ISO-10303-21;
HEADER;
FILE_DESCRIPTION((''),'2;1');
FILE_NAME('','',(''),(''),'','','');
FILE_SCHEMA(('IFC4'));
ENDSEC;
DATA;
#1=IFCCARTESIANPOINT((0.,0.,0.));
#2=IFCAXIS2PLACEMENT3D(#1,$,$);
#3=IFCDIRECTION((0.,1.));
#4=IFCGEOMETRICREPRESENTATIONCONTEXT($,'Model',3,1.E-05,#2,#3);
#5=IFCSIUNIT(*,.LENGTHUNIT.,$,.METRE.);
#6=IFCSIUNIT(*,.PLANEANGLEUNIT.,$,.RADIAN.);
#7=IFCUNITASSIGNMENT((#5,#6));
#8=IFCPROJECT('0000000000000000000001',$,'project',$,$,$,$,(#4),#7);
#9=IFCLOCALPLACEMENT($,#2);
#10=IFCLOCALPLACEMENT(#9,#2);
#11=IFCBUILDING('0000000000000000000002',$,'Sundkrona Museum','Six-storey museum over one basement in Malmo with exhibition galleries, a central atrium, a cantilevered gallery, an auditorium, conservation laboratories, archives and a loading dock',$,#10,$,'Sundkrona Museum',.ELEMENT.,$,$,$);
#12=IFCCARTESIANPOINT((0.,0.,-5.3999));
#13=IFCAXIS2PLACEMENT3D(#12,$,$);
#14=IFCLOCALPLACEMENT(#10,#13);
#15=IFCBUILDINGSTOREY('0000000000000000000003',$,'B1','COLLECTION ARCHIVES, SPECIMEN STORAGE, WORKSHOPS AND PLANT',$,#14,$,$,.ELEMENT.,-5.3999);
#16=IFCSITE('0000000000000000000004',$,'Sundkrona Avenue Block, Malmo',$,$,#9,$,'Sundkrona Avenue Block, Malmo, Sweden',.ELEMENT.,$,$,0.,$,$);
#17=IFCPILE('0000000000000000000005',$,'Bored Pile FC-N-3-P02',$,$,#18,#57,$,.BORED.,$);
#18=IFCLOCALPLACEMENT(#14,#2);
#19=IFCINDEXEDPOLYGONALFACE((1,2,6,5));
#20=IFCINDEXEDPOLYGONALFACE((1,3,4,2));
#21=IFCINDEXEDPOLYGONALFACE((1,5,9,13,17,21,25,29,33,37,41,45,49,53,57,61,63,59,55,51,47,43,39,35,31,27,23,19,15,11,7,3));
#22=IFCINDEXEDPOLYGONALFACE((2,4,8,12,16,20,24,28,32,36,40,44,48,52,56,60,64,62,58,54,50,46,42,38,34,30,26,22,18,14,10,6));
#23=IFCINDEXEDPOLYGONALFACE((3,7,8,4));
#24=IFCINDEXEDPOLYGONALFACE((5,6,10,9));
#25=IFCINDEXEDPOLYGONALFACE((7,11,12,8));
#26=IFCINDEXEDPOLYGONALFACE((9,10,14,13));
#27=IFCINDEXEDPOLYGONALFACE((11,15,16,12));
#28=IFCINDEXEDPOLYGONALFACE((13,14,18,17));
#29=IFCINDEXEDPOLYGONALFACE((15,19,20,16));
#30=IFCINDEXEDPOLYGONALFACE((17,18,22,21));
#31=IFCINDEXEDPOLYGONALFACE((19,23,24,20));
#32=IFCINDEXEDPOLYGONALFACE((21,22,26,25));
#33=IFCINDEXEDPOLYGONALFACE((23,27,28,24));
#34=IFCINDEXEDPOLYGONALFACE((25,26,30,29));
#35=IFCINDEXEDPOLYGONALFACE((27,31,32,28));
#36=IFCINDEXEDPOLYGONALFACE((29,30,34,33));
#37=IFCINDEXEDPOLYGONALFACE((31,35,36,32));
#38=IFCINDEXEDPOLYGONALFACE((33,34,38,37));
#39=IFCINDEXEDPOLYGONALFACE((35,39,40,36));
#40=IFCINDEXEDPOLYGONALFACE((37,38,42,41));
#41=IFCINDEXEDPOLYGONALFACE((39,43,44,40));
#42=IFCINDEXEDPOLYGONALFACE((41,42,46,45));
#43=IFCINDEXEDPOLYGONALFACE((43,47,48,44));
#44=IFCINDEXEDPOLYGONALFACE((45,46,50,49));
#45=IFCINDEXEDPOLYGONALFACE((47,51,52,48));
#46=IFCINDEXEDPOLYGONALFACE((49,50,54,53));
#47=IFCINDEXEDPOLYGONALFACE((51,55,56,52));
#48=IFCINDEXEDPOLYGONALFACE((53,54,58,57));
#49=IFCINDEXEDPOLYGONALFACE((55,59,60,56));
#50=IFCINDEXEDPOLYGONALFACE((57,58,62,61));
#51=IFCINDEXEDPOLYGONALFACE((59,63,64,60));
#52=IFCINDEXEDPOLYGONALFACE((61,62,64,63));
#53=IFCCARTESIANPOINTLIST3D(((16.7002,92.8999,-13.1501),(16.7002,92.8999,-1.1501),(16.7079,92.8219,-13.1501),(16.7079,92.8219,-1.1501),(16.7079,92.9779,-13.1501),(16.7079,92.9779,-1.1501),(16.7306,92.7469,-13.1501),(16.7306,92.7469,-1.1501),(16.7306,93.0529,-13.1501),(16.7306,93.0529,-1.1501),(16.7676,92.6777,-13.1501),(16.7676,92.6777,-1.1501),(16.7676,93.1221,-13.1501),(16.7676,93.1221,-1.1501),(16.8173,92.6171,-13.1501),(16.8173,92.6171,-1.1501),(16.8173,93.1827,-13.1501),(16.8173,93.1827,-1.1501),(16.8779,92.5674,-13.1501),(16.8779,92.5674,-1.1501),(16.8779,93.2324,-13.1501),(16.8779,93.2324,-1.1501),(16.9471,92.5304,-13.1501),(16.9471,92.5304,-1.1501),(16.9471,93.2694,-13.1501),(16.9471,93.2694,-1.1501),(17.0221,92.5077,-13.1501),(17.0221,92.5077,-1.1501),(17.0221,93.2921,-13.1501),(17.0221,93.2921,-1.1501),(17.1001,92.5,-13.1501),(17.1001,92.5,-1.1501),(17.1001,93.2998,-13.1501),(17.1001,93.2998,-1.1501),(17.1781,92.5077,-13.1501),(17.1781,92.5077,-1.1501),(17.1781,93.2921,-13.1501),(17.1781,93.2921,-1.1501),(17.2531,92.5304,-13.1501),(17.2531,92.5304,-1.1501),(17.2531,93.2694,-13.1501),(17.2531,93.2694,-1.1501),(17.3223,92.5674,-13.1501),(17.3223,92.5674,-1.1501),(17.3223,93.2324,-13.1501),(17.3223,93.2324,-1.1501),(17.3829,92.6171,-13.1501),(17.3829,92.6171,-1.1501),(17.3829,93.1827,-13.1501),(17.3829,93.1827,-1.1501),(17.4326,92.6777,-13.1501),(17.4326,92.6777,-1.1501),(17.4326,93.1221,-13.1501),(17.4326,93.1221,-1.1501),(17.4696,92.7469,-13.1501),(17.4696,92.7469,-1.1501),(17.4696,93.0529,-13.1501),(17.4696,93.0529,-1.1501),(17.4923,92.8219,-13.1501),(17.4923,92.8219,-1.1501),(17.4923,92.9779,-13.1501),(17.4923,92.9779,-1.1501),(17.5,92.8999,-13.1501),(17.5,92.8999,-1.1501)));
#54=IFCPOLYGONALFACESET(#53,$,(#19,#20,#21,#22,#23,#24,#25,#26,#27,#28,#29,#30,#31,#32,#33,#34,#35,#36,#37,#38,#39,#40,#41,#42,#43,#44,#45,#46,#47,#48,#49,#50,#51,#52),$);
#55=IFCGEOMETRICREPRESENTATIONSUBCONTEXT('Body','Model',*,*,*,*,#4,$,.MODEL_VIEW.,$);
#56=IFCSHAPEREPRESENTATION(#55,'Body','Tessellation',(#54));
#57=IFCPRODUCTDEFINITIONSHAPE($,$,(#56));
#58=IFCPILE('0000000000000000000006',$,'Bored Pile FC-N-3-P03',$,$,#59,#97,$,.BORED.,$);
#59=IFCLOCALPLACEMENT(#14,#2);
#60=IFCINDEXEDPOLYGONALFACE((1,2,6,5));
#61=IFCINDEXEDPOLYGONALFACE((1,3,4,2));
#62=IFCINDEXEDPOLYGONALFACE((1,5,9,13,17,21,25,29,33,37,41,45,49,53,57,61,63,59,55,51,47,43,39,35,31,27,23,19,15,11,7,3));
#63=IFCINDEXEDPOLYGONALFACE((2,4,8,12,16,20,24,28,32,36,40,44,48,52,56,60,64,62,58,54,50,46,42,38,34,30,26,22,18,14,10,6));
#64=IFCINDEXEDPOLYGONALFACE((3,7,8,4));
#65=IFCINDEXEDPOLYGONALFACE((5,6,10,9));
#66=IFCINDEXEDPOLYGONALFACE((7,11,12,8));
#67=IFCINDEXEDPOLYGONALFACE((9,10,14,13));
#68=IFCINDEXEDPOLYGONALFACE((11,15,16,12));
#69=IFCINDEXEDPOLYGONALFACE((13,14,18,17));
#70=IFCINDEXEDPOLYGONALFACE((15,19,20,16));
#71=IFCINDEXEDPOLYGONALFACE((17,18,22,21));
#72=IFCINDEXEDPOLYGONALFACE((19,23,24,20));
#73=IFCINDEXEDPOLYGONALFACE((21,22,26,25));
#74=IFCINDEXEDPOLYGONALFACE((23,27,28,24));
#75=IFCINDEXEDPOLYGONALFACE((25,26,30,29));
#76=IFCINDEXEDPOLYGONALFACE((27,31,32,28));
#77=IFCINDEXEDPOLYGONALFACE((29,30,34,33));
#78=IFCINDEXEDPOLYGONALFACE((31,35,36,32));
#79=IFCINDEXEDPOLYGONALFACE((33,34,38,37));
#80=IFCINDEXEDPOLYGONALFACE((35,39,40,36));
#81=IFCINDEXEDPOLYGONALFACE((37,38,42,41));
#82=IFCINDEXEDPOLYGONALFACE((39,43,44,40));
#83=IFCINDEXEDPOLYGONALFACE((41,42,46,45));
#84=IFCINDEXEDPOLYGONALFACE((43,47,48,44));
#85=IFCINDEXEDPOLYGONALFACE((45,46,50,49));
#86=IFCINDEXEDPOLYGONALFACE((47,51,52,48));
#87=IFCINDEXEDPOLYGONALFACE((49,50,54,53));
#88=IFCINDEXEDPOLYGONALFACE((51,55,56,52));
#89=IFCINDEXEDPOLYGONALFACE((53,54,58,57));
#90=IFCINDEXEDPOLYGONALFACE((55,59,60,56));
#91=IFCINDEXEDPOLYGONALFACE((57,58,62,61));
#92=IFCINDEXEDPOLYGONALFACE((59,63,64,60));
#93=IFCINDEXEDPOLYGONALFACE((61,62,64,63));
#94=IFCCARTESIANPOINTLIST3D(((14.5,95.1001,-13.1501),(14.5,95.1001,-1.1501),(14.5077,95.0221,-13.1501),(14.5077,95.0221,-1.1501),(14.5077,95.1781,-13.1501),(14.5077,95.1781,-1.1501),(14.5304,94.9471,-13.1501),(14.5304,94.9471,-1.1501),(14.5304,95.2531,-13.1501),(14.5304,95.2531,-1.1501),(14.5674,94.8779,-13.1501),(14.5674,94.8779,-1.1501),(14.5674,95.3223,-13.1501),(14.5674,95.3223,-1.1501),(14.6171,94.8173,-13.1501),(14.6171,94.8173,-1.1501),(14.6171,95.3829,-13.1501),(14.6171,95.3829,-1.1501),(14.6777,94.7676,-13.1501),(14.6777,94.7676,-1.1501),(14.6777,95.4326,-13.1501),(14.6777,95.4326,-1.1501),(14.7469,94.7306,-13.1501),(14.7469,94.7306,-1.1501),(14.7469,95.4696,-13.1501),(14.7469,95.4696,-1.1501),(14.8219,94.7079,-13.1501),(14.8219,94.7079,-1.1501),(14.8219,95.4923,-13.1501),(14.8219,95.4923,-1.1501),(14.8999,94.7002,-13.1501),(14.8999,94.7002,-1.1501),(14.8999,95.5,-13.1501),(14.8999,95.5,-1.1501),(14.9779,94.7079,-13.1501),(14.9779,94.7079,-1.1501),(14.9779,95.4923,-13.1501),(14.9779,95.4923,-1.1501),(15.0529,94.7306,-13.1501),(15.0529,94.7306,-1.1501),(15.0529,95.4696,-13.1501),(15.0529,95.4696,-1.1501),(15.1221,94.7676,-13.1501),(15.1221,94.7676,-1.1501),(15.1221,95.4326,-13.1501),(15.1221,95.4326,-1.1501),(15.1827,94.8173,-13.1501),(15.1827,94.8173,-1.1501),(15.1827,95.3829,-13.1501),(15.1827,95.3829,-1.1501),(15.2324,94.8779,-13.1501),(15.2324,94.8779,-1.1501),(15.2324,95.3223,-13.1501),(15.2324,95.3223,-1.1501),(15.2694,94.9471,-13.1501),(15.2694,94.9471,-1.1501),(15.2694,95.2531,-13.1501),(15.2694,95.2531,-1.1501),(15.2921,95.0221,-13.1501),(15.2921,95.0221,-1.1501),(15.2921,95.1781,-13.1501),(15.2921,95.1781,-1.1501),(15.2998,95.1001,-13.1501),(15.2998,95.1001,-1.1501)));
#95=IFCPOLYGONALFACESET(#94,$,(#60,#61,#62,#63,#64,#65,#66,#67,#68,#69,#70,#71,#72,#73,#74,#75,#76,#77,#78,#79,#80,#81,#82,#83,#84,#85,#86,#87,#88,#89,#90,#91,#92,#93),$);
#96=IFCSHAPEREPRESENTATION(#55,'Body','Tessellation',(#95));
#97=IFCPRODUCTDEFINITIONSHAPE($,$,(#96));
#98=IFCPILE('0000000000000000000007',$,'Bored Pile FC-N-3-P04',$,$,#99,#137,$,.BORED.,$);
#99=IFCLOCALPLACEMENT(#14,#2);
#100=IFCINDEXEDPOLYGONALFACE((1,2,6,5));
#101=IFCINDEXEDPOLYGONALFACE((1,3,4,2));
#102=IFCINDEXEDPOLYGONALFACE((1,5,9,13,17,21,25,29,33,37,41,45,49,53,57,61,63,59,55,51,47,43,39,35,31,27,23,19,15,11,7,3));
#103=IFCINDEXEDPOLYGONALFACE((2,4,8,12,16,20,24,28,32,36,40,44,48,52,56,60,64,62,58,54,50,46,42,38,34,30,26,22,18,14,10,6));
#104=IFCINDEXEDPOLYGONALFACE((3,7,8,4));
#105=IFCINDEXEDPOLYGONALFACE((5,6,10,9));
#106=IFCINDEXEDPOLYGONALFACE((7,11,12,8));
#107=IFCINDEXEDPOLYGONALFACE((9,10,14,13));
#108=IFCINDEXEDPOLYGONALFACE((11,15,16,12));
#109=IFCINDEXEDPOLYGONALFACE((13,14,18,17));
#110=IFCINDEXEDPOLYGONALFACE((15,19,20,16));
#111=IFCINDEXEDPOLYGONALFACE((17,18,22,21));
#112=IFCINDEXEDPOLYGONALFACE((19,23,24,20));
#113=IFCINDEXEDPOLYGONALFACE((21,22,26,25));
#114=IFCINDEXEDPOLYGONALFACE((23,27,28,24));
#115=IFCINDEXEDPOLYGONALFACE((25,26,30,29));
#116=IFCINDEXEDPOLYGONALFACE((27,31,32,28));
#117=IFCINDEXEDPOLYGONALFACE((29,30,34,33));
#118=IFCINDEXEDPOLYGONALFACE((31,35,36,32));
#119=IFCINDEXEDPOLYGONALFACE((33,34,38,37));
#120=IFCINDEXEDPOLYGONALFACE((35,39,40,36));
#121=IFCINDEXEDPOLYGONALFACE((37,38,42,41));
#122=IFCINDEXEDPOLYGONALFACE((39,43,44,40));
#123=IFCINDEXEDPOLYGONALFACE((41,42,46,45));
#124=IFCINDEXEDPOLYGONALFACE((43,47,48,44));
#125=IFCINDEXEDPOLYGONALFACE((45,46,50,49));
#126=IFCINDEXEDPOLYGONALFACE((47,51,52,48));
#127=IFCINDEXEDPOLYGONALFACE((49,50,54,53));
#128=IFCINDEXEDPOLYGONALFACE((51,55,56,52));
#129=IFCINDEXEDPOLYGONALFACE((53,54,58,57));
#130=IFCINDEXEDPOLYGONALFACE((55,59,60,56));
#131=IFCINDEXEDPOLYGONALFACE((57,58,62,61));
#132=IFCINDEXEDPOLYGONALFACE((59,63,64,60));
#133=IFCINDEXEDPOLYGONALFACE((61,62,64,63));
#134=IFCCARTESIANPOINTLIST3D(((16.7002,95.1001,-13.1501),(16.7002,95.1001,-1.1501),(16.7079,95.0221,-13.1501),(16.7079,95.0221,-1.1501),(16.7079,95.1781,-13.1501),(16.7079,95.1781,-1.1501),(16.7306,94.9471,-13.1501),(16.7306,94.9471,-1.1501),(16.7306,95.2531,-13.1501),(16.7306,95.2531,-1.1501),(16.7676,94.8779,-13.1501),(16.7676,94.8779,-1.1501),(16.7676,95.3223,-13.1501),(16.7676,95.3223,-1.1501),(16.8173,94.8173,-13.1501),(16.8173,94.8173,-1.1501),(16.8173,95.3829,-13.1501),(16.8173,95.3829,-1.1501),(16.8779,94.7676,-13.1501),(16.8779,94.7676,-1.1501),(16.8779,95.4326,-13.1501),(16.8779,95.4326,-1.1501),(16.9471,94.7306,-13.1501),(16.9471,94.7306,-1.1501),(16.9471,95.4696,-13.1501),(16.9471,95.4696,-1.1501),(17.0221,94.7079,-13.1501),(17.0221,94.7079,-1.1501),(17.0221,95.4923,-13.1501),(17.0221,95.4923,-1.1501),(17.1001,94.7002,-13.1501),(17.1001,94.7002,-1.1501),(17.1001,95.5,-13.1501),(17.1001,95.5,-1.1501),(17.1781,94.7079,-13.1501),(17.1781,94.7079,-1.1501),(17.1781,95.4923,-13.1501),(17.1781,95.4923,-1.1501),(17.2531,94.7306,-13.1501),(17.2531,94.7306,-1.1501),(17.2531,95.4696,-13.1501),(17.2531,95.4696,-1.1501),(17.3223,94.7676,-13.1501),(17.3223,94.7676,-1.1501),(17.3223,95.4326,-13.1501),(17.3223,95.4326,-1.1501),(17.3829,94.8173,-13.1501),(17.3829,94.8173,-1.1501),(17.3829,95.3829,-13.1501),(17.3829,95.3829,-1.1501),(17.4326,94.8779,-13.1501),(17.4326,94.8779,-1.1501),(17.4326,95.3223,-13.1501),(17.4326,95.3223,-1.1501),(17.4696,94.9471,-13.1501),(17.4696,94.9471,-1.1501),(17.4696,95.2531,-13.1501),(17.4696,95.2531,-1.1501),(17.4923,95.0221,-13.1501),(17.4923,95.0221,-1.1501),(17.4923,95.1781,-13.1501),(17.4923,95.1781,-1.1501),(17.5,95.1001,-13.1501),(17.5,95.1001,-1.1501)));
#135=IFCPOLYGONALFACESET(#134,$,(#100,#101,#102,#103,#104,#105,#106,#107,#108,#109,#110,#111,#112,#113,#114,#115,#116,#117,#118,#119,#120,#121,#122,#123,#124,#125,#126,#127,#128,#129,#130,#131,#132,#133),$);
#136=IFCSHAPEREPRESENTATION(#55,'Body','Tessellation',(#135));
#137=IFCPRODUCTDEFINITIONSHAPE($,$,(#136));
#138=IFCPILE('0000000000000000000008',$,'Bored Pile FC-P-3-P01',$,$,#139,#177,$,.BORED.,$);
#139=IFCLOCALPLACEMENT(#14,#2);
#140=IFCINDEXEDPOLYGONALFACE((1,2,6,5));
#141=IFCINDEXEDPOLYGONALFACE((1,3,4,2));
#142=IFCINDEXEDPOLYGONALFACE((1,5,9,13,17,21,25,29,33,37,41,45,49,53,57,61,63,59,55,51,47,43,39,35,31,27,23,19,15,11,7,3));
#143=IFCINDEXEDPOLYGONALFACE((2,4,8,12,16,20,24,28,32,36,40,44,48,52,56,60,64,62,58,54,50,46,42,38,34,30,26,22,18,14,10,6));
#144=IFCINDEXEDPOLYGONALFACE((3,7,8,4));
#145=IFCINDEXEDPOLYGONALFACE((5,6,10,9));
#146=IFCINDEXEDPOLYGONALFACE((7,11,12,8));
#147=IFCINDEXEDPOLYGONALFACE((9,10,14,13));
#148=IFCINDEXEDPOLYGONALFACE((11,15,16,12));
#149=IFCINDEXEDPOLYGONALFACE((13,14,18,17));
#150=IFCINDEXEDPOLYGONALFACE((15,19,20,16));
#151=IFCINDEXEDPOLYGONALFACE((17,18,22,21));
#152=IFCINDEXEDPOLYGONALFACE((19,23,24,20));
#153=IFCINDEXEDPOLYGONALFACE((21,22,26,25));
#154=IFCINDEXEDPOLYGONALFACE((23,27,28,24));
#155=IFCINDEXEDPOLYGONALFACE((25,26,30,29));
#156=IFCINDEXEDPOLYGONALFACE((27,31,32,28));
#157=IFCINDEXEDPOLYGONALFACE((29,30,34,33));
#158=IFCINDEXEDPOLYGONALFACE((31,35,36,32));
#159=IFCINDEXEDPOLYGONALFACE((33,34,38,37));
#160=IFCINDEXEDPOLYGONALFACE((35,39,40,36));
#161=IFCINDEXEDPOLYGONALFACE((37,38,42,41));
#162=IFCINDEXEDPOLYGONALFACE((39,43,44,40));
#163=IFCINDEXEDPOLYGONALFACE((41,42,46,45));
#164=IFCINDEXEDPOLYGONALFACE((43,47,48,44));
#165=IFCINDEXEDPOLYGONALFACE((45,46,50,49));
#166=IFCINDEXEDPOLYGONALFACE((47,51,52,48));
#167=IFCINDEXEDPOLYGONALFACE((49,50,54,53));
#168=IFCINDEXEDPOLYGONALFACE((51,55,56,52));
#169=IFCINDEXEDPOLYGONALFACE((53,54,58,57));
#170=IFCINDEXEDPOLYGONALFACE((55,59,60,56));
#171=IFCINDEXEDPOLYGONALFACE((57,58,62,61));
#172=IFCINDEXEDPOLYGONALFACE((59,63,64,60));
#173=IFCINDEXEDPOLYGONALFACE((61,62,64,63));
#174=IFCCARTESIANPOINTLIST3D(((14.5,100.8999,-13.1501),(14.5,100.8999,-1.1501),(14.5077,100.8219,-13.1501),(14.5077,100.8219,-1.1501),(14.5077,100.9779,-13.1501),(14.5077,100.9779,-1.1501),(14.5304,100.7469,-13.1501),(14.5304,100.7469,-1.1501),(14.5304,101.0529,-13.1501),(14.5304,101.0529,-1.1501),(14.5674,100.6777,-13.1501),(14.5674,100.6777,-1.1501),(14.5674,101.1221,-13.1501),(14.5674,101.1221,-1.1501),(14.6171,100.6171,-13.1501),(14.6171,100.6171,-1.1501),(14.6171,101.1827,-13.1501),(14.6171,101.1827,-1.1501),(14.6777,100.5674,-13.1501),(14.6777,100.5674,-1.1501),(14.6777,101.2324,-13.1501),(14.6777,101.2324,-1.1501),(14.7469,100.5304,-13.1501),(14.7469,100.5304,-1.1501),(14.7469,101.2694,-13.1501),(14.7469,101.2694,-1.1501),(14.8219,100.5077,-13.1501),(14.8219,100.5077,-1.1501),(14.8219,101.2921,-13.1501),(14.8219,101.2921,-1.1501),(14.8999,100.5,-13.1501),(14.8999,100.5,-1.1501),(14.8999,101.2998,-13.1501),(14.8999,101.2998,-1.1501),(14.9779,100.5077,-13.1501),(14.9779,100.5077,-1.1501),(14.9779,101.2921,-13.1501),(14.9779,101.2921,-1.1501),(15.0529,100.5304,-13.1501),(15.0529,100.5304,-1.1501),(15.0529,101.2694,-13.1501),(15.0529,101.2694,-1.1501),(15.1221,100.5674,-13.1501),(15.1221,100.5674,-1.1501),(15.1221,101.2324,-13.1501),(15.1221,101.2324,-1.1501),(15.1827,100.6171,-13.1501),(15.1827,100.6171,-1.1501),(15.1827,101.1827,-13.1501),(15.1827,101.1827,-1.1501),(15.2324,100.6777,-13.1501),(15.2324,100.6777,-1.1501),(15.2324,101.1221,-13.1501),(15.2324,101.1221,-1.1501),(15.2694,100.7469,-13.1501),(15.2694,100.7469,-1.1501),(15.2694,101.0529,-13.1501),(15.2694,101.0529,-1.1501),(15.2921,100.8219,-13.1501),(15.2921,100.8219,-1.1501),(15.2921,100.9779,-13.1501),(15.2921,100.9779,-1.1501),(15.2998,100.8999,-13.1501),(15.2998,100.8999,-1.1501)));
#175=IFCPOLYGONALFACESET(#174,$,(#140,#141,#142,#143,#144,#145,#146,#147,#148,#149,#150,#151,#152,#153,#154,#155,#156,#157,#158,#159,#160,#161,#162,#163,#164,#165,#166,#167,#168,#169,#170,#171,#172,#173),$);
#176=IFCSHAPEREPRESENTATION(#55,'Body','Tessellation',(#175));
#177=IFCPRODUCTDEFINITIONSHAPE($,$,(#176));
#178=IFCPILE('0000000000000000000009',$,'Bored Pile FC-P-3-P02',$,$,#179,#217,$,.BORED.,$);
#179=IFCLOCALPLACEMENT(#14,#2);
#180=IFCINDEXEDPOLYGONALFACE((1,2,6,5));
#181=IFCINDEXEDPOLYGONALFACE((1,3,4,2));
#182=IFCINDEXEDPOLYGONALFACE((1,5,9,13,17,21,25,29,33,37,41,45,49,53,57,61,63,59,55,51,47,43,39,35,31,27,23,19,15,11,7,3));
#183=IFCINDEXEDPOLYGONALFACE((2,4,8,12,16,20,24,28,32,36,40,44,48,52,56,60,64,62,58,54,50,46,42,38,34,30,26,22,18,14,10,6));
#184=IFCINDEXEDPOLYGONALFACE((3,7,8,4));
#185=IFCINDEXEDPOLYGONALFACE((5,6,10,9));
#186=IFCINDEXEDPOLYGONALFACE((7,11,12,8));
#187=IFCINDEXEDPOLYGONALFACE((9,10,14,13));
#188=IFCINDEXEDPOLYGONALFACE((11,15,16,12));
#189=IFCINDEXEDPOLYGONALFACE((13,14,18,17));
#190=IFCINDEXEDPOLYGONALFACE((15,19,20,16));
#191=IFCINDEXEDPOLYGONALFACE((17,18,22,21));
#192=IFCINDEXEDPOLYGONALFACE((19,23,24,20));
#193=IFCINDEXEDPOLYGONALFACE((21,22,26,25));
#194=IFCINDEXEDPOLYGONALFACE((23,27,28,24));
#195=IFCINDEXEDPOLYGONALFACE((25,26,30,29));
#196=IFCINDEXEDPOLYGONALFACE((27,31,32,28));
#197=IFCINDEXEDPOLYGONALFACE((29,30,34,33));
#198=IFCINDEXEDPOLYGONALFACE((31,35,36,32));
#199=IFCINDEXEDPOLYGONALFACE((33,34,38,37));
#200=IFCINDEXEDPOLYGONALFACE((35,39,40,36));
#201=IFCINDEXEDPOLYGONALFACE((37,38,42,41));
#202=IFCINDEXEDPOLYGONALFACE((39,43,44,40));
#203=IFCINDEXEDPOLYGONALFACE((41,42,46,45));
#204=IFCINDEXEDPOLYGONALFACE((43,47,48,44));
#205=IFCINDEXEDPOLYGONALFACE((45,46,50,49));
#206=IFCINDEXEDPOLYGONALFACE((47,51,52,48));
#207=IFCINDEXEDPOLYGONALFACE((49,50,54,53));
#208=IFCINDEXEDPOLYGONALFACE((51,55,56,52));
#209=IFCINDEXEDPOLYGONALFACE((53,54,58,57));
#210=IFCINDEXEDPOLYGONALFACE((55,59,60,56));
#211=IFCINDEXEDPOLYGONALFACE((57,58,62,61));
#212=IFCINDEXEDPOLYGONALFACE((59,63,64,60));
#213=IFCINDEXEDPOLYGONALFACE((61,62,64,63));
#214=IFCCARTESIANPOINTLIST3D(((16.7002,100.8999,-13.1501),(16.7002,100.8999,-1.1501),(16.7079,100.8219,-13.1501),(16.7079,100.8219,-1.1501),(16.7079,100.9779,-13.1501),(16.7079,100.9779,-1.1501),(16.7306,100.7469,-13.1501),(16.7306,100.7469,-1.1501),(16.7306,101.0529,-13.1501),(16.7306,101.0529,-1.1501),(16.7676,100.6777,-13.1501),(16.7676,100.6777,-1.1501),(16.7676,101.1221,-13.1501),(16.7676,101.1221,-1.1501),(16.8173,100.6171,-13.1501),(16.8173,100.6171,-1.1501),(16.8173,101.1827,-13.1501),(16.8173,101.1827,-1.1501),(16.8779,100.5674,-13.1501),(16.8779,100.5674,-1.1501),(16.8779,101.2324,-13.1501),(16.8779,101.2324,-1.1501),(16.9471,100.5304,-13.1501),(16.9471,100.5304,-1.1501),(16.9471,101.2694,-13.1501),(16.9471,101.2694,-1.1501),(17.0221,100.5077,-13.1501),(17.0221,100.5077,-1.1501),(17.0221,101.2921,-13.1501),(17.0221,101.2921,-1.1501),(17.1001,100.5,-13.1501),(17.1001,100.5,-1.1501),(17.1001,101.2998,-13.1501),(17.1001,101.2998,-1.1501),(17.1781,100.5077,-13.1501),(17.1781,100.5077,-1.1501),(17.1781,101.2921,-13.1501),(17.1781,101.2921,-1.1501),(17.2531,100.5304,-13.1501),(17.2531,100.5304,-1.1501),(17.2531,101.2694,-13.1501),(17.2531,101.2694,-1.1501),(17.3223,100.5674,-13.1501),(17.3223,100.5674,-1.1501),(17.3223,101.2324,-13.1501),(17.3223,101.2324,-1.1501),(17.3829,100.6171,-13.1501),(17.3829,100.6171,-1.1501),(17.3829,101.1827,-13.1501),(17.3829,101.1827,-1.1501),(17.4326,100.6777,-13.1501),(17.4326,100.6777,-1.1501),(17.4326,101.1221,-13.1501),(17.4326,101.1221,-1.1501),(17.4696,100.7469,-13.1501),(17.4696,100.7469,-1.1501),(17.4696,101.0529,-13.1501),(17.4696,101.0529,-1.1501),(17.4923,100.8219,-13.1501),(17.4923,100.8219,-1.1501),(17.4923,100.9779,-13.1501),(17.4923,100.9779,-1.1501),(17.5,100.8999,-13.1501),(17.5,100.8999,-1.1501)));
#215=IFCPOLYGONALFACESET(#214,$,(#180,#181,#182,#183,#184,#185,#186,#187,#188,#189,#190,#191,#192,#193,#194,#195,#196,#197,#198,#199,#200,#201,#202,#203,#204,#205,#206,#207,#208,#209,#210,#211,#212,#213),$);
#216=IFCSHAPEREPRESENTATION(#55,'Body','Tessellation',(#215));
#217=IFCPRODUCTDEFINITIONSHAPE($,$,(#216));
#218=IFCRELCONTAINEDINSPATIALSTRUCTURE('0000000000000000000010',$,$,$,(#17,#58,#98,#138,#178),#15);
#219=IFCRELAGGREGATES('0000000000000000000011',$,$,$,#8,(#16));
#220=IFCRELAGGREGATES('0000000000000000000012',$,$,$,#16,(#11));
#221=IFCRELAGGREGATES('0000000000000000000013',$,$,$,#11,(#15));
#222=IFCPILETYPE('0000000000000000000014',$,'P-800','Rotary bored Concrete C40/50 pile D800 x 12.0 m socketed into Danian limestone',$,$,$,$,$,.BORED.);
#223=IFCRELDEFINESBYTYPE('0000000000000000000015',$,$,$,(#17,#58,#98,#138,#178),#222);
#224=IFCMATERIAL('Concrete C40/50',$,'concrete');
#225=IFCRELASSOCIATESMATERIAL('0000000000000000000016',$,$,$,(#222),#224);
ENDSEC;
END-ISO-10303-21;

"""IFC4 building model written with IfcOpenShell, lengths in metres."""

from ifc_helpers import new_model, si_unit, direction, frame, origin, origin_2d, place, context, subcontext, project, spatial, circle, extrude, material, material_profile, profile_set, type_object, element, save


model = new_model("IFC4")

# Units and contexts
model_context = context("Model", 3, precision=1e-05, world=origin(), true_north=direction((0.0, 1.0)))
body_context = subcontext(model_context, "Body", "Model", "MODEL_VIEW")
ifc_project = project(units=[si_unit("LENGTHUNIT", "METRE"), si_unit("PLANEANGLEUNIT", "RADIAN")], contexts=[model_context])

# Site, building, storey
site_placement = place(None, origin())
site = spatial("IfcSite", under=ifc_project, at=site_placement, Name="Sundkrona Avenue Block, Malmo", LongName="Sundkrona Avenue Block, Malmo, Sweden", CompositionType="ELEMENT", RefElevation=0.0)
building_placement = place(site_placement, origin())
building = spatial("IfcBuilding", under=site, at=building_placement, Name="Sundkrona Museum", Description="Six-storey museum over one basement in Malmo with exhibition galleries, a central atrium, a cantilevered gallery, an auditorium, conservation laboratories, archives and a loading dock", LongName="Sundkrona Museum", CompositionType="ELEMENT")
storey_placement = place(building_placement, frame((0.0, 0.0, -5.3999)))
storey = spatial("IfcBuildingStorey", under=building, at=storey_placement, Name="B1", Description="COLLECTION ARCHIVES, SPECIMEN STORAGE, WORKSHOPS AND PLANT", CompositionType="ELEMENT", Elevation=-5.3999)

# Shared definitions
ifc_material_1 = material(Name="Concrete C40/50", Category="concrete")

# Piles
ifc_material_profile_1 = material_profile(ifc_material_1, circle(Radius=0.3999, at=origin_2d()), Name="PILE D800")
ifc_profile_set_1 = profile_set([ifc_material_profile_1], Name="Concrete C40/50")
pile_type = type_object("IfcPileType", Name="P-800", Description="Rotary bored Concrete C40/50 pile D800 x 12.0 m socketed into Danian limestone", PredefinedType="BORED", material=ifc_profile_set_1)
for number, where, z_axis, x_axis, name in (
    (1, (17.1001, 92.8999, -1.1501), (0.0, 0.0, -1.0), (1.0, 0.0, 0.0), "Bored Pile FC-N-3-P02"),
    (2, (14.8999, 95.1001, -1.1501), (0.0, 0.0, -1.0), (1.0, 0.0, 0.0), "Bored Pile FC-N-3-P03"),
    (3, (17.1001, 95.1001, -1.1501), (0.0, 0.0, -1.0), (1.0, 0.0, 0.0), "Bored Pile FC-N-3-P04"),
    (4, (14.8999, 100.8999, -1.1501), (0.0, 0.0, -1.0), (1.0, 0.0, 0.0), "Bored Pile FC-P-3-P01"),
    (5, (17.1001, 100.8999, -1.1501), (0.0, 0.0, -1.0), (1.0, 0.0, 0.0), "Bored Pile FC-P-3-P02"),
):
    element("IfcPile", number, at=place(storey_placement, frame(where, z_axis=z_axis, x_axis=x_axis)), inside=storey, type_object=pile_type, Name=name, PredefinedType="BORED", context=body_context, shape_type="SweptSolid", body=[
        extrude(circle(Radius=0.3999, at=origin_2d()), origin(), (0.0, 0.0, 1.0), 12.0),
    ])

save(model, "model.ifc")
